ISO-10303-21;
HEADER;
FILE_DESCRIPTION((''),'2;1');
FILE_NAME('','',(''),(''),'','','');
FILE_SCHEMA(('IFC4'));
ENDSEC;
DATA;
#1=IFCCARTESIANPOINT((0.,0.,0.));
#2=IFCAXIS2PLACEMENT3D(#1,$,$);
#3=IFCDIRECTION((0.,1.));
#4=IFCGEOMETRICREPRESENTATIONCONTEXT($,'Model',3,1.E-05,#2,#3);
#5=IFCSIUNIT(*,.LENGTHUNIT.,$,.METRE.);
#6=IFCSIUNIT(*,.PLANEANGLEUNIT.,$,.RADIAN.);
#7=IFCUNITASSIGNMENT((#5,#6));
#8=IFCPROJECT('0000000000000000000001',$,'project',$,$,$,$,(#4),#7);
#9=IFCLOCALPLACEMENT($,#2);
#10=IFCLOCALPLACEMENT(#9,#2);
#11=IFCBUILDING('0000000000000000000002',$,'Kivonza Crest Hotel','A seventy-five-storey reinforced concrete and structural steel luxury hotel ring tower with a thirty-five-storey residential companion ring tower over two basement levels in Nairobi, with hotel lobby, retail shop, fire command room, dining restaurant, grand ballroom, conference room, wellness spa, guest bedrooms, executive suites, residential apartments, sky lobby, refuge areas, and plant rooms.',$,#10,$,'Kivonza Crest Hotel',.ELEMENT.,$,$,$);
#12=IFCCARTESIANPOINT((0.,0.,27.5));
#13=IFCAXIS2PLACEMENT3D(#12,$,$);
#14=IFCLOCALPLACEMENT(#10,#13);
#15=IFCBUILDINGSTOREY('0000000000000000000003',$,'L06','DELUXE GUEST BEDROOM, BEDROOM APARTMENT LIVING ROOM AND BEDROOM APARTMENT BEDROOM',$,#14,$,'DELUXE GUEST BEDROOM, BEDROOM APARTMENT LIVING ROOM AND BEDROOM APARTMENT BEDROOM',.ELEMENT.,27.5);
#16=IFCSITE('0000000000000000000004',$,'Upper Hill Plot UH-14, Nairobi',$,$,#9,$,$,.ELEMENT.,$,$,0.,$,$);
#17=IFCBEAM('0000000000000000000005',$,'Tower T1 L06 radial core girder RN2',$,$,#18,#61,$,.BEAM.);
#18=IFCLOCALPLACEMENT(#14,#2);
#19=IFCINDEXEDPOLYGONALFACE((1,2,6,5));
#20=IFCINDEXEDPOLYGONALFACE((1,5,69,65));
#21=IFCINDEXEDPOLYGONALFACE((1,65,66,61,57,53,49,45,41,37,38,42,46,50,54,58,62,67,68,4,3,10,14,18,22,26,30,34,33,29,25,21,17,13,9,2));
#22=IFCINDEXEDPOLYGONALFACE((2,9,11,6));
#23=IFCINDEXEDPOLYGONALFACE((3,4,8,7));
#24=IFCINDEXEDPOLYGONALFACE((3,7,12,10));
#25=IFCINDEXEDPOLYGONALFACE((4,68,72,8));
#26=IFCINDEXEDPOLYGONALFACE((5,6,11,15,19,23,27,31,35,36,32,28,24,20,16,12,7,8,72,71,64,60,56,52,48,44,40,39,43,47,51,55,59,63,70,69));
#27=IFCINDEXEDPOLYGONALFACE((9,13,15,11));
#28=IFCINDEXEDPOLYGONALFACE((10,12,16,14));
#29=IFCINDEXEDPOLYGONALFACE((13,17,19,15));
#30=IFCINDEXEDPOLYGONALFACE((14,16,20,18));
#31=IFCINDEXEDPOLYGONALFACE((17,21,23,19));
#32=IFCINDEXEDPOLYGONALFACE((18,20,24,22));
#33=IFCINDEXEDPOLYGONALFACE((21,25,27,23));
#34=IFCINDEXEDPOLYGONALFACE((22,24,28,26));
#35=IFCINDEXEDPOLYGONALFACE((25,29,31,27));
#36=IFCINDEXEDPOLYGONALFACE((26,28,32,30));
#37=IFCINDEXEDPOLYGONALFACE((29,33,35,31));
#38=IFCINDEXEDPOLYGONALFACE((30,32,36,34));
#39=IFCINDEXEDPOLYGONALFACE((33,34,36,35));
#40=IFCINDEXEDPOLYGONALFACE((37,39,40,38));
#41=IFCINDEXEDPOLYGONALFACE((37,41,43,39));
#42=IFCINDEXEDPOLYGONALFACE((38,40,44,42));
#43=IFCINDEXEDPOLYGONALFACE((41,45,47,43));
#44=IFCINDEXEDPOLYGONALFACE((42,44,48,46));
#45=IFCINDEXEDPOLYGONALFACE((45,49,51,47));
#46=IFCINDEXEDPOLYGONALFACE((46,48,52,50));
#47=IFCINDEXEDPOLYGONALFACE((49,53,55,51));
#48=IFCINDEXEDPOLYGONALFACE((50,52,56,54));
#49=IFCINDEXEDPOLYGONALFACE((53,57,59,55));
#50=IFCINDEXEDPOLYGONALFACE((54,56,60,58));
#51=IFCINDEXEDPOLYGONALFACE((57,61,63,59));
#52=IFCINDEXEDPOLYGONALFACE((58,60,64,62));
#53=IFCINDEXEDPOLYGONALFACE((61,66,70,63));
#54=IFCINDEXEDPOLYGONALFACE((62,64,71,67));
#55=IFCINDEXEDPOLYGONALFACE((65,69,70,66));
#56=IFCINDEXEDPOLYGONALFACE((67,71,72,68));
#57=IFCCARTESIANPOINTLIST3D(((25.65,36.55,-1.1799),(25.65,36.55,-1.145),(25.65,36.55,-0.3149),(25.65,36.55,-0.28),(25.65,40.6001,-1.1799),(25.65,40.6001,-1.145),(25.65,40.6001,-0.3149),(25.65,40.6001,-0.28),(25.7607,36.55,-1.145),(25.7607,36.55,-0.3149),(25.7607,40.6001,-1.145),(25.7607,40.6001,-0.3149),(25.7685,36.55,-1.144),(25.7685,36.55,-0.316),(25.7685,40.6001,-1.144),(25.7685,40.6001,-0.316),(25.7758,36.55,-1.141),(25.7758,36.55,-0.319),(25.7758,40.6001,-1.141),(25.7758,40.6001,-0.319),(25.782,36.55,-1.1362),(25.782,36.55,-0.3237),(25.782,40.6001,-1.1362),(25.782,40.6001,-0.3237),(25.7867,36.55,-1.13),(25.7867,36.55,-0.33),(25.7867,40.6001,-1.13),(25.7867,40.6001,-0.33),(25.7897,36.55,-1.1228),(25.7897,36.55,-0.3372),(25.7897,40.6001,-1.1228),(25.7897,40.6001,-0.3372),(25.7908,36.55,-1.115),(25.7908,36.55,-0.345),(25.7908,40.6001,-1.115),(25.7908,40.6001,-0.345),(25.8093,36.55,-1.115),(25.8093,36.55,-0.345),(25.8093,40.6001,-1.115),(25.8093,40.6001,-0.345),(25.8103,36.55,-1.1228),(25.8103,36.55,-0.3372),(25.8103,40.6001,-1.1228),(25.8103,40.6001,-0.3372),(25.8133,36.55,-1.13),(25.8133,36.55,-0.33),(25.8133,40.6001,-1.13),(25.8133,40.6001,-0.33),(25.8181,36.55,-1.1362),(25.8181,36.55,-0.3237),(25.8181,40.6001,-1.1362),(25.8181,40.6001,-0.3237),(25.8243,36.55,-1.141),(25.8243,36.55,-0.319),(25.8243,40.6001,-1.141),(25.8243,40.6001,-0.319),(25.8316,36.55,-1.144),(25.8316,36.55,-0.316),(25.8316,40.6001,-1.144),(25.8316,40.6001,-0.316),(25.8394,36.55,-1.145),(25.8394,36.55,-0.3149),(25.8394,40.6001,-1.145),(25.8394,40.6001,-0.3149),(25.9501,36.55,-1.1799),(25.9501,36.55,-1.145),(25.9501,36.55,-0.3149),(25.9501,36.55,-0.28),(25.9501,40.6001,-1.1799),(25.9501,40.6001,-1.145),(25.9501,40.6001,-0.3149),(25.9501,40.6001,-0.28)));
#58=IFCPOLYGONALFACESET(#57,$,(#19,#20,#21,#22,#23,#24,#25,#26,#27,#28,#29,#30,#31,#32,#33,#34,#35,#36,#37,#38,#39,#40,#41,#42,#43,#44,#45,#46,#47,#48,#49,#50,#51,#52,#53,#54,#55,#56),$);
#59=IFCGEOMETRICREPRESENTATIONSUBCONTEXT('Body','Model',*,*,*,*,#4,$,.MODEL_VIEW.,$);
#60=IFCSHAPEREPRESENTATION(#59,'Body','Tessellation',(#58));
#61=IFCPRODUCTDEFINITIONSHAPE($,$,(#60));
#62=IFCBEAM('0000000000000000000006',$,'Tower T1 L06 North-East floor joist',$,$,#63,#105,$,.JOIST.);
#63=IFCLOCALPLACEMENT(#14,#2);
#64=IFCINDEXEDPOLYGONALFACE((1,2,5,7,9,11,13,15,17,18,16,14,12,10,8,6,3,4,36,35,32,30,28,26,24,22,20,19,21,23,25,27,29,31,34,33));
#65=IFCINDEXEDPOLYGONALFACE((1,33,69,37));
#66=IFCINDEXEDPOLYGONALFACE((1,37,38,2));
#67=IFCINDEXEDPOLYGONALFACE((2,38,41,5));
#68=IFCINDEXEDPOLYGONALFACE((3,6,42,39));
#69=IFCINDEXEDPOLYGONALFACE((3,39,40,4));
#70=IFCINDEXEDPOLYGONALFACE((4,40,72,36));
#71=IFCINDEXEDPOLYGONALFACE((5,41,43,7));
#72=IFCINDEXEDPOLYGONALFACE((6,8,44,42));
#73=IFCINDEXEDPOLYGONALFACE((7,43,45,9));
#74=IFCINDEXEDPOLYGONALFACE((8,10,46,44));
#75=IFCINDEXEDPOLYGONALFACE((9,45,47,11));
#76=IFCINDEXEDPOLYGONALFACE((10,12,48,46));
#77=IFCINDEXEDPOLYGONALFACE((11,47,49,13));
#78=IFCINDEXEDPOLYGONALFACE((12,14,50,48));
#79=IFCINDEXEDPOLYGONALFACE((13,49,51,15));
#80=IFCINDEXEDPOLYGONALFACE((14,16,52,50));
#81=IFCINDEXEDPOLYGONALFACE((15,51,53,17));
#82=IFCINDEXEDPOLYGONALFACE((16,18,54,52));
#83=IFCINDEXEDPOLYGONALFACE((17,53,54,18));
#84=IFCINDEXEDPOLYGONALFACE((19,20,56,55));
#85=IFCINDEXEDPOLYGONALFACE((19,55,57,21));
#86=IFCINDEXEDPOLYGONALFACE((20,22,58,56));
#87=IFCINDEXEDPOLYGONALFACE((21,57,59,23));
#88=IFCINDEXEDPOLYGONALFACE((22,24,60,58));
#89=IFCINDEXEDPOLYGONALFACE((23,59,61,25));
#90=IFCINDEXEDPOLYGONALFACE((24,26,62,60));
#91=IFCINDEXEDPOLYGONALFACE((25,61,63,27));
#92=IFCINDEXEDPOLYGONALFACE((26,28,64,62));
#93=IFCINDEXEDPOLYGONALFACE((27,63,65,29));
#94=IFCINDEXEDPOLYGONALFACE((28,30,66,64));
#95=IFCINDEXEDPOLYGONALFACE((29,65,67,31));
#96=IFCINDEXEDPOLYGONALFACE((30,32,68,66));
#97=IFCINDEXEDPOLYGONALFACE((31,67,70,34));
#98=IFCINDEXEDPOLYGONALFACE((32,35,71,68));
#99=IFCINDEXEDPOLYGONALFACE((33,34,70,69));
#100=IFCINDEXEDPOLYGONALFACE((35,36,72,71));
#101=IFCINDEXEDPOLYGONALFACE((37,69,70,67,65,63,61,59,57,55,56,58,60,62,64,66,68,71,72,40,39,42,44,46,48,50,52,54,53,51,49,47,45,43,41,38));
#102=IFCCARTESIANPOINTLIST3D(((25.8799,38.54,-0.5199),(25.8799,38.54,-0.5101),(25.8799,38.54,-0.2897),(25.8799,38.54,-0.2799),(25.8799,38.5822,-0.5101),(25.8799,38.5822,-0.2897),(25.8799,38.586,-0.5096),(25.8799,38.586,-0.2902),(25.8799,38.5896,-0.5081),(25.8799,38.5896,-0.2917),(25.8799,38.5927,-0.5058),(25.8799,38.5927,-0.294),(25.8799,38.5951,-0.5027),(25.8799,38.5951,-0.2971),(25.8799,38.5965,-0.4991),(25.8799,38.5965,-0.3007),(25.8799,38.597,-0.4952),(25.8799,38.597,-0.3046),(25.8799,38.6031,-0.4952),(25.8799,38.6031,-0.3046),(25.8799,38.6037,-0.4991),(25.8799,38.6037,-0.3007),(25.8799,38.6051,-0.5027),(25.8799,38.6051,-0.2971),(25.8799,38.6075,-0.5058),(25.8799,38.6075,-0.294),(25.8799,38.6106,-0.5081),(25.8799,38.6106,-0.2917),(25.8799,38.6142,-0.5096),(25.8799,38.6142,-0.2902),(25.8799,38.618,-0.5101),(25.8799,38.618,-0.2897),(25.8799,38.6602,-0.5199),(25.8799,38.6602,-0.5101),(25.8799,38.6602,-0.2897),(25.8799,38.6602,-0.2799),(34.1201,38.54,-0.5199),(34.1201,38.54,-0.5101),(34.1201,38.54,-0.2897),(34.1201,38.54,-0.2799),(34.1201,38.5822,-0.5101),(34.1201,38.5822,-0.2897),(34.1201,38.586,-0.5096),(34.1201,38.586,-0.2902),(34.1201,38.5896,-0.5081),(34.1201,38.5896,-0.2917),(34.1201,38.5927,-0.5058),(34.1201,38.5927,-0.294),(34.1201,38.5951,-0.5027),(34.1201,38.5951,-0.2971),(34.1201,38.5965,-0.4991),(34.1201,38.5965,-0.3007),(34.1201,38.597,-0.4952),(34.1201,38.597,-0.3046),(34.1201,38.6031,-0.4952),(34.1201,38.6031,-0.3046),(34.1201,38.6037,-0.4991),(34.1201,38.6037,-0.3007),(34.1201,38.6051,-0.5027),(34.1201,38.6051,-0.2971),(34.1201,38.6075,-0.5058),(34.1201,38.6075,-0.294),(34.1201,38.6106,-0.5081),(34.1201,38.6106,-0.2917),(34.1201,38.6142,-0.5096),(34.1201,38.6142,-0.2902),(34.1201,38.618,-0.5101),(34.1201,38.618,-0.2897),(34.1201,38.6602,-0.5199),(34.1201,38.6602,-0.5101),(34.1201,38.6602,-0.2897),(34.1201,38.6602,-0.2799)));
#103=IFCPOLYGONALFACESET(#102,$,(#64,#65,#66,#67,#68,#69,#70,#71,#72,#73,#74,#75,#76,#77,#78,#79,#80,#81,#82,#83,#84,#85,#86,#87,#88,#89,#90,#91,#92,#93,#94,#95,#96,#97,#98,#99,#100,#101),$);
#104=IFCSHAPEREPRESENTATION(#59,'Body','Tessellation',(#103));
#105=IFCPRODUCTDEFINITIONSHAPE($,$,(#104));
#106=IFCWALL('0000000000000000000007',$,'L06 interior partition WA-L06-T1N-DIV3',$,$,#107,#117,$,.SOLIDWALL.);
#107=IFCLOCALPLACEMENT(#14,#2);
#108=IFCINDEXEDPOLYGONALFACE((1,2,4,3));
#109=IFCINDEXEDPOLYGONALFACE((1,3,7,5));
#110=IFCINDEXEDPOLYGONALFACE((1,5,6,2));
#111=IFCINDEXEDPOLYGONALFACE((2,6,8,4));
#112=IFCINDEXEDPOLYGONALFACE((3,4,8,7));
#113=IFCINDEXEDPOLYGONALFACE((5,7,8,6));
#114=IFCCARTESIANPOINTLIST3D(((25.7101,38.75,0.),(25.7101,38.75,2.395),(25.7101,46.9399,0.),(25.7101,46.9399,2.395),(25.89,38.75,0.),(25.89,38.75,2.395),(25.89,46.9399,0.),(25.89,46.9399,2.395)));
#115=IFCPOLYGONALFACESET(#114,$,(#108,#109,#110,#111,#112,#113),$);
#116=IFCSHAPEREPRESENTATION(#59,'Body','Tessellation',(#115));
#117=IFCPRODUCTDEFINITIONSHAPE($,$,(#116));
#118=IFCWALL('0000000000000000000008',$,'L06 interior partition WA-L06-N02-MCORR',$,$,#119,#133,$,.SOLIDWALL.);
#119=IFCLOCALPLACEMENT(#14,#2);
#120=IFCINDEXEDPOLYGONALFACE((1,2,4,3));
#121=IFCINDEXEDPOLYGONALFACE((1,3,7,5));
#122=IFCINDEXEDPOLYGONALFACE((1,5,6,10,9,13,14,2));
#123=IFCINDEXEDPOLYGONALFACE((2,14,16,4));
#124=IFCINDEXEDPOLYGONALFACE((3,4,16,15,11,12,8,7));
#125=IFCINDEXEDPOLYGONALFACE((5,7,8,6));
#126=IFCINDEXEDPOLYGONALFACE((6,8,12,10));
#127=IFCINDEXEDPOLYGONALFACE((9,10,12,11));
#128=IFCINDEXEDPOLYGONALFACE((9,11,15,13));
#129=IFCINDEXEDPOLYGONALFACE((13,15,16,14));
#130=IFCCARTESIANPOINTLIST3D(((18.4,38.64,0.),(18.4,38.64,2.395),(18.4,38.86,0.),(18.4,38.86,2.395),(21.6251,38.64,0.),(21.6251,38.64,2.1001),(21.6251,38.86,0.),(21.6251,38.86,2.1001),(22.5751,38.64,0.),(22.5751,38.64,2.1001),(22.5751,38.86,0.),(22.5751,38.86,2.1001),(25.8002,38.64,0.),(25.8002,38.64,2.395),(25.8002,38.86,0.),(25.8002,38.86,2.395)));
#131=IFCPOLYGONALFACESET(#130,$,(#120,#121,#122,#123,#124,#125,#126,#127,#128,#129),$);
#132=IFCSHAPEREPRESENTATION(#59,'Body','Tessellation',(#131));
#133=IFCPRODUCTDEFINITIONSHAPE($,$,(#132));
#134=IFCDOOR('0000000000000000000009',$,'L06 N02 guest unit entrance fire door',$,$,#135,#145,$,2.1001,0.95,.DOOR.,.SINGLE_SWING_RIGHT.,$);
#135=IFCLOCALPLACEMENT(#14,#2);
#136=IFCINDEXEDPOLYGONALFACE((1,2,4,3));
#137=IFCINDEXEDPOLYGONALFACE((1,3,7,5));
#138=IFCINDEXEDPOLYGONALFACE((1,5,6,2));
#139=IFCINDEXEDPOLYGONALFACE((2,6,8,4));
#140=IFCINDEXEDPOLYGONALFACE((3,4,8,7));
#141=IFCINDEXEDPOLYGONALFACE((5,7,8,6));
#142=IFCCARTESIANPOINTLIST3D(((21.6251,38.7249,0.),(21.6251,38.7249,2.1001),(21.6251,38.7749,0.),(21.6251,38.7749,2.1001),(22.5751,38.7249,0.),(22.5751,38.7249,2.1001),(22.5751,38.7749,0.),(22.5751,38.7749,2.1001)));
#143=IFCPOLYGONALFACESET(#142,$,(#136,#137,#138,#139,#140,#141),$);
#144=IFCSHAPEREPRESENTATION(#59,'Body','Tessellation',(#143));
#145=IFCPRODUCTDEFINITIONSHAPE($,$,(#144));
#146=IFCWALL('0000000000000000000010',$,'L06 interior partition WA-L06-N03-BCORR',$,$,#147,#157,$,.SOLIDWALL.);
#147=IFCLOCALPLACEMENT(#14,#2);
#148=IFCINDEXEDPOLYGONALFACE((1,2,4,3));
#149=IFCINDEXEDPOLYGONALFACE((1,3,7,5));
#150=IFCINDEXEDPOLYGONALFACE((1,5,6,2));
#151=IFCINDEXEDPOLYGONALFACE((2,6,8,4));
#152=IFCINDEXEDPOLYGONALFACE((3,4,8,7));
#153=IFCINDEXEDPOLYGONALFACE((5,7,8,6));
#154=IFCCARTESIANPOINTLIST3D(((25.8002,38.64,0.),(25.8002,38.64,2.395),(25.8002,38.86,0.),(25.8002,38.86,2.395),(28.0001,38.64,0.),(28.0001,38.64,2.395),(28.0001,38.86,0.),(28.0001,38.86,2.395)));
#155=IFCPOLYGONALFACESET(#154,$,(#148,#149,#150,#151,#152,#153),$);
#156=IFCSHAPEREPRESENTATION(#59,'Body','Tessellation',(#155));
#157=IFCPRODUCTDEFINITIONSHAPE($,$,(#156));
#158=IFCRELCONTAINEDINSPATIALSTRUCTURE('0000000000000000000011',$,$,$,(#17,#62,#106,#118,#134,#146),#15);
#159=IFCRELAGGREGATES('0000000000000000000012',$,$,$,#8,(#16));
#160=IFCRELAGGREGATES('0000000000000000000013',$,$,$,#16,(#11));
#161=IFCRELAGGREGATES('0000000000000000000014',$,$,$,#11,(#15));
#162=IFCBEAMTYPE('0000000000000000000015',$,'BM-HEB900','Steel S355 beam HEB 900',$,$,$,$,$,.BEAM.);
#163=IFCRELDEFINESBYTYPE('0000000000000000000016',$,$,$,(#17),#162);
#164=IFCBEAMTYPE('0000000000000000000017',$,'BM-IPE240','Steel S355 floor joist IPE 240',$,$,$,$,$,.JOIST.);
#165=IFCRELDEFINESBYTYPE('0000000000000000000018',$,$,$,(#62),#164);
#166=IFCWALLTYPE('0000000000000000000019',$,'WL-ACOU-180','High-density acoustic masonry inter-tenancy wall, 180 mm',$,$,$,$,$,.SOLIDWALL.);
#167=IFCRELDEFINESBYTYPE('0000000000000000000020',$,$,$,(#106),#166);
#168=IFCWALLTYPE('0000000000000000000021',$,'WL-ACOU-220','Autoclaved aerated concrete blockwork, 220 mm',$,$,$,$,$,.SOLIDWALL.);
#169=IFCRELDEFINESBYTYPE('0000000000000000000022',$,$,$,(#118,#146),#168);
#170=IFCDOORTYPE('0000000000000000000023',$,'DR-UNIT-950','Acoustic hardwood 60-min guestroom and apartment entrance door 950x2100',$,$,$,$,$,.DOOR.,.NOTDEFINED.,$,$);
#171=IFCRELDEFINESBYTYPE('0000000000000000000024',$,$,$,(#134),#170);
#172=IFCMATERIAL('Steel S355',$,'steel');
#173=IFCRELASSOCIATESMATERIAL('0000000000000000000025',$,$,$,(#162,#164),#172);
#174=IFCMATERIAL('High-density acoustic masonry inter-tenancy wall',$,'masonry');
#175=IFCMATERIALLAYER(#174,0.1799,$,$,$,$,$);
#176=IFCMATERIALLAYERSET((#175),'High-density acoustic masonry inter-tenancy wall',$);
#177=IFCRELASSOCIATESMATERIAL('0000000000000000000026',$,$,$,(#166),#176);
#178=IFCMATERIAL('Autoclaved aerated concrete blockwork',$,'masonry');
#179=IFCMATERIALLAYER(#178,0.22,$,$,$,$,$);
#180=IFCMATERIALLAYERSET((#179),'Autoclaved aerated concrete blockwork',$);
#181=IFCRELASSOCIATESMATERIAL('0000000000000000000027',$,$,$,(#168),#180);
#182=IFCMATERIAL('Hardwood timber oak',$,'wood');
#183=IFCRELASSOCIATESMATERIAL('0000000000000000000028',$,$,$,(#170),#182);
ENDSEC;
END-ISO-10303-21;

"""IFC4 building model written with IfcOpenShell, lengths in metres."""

from ifc_helpers import new_model, si_unit, direction, frame, frame_2d, origin, origin_2d, place, context, subcontext, project, spatial, rectangle, i_section, extrude, material, layer, layer_set, material_profile, profile_set, type_object, element, fill, save


model = new_model("IFC4")

# Units and contexts
model_context = context("Model", 3, precision=1e-05, world=origin(), true_north=direction((0.0, 1.0)))
body_context = subcontext(model_context, "Body", "Model", "MODEL_VIEW")
ifc_project = project(units=[si_unit("LENGTHUNIT", "METRE"), si_unit("PLANEANGLEUNIT", "RADIAN")], contexts=[model_context])

# Site, building, storey
site_placement = place(None, origin())
site = spatial("IfcSite", under=ifc_project, at=site_placement, Name="Upper Hill Plot UH-14, Nairobi", CompositionType="ELEMENT", RefElevation=0.0)
building_placement = place(site_placement, origin())
building = spatial("IfcBuilding", under=site, at=building_placement, Name="Kivonza Crest Hotel", Description="A seventy-five-storey reinforced concrete and structural steel luxury hotel ring tower with a thirty-five-storey residential companion ring tower over two basement levels in Nairobi, with hotel lobby, retail shop, fire command room, dining restaurant, grand ballroom, conference room, wellness spa, guest bedrooms, executive suites, residential apartments, sky lobby, refuge areas, and plant rooms.", LongName="Kivonza Crest Hotel", CompositionType="ELEMENT")
storey_placement = place(building_placement, frame((0.0, 0.0, 27.5)))
storey = spatial("IfcBuildingStorey", under=building, at=storey_placement, Name="L06", Description="DELUXE GUEST BEDROOM, BEDROOM APARTMENT LIVING ROOM AND BEDROOM APARTMENT BEDROOM", LongName="DELUXE GUEST BEDROOM, BEDROOM APARTMENT LIVING ROOM AND BEDROOM APARTMENT BEDROOM", CompositionType="ELEMENT", Elevation=27.5)

# Beams
ifc_material_1 = material(Name="Steel S355", Category="steel")
ifc_material_profile_1 = material_profile(ifc_material_1, i_section(OverallWidth=0.3, OverallDepth=0.8999, WebThickness=0.0186, FlangeThickness=0.0349, FilletRadius=0.03, at=origin_2d()), Name="HEB 900")
ifc_profile_set_1 = profile_set([ifc_material_profile_1], Name="Steel S355")
beam_type_1 = type_object("IfcBeamType", Name="BM-HEB900", Description="Steel S355 beam HEB 900", PredefinedType="BEAM", material=ifc_profile_set_1)
for number, where, z_axis, x_axis, name in (
    (1, (25.8, 40.6001, -0.73), (0.0, -1.0, 0.0), (1.0, 0.0, 0.0), "Tower T1 L06 radial core girder RN2"),
):
    element("IfcBeam", number, at=place(storey_placement, frame(where, z_axis=z_axis, x_axis=x_axis)), inside=storey, type_object=beam_type_1, Name=name, PredefinedType="BEAM", context=body_context, shape_type="SweptSolid", body=[
        extrude(i_section(OverallWidth=0.3, OverallDepth=0.8999, WebThickness=0.0186, FlangeThickness=0.0349, FilletRadius=0.03, at=origin_2d()), origin(), (0.0, 0.0, 1.0), 4.05),
    ])
ifc_material_profile_2 = material_profile(ifc_material_1, i_section(OverallWidth=0.1201, OverallDepth=0.24, WebThickness=0.0061, FlangeThickness=0.0098, FilletRadius=0.0149, at=origin_2d()), Name="IPE 240")
ifc_profile_set_2 = profile_set([ifc_material_profile_2], Name="Steel S355")
beam_type_2 = type_object("IfcBeamType", Name="BM-IPE240", Description="Steel S355 floor joist IPE 240", PredefinedType="JOIST", material=ifc_profile_set_2)
beam_1_placement = place(storey_placement, frame((25.8799, 38.6001, -0.3999), z_axis=(1.0, 0.0, 0.0), x_axis=(0.0, 1.0, 0.0)))
element("IfcBeam", 2, at=beam_1_placement, inside=storey, type_object=beam_type_2, Name="Tower T1 L06 North-East floor joist", PredefinedType="JOIST", context=body_context, shape_type="SweptSolid", body=[
    extrude(i_section(OverallWidth=0.1201, OverallDepth=0.24, WebThickness=0.0061, FlangeThickness=0.0098, FilletRadius=0.0149, at=origin_2d()), origin(), (0.0, 0.0, 1.0), 8.2402),
])

# Wall
ifc_material_2 = material(Name="High-density acoustic masonry inter-tenancy wall", Category="masonry")
ifc_layer_1 = layer(ifc_material_2, 0.1799)
ifc_layer_set_1 = layer_set([ifc_layer_1], Name="High-density acoustic masonry inter-tenancy wall")
wall_type_1 = type_object("IfcWallType", Name="WL-ACOU-180", Description="High-density acoustic masonry inter-tenancy wall, 180 mm", PredefinedType="SOLIDWALL", material=ifc_layer_set_1)
wall_1_placement = place(storey_placement, frame((25.8, 38.75, 0.0), z_axis=(0.0, 0.0, 1.0), x_axis=(0.0, 1.0, 0.0)))
element("IfcWall", 3, at=wall_1_placement, inside=storey, type_object=wall_type_1, Name="L06 interior partition WA-L06-T1N-DIV3", PredefinedType="SOLIDWALL", context=body_context, shape_type="SweptSolid", body=[
    extrude(rectangle(XDim=8.1899, YDim=0.1799, at=frame_2d((4.095, 0.0))), origin(), (0.0, 0.0, 1.0), 2.395),
])

# Wall, opening, door
ifc_material_3 = material(Name="Autoclaved aerated concrete blockwork", Category="masonry")
ifc_layer_2 = layer(ifc_material_3, 0.22)
ifc_layer_set_2 = layer_set([ifc_layer_2], Name="Autoclaved aerated concrete blockwork")
wall_type_2 = type_object("IfcWallType", Name="WL-ACOU-220", Description="Autoclaved aerated concrete blockwork, 220 mm", PredefinedType="SOLIDWALL", material=ifc_layer_set_2)
wall_2_placement = place(storey_placement, frame((18.3999, 38.75, 0.0), z_axis=(0.0, 0.0, 1.0), x_axis=(1.0, 0.0, 0.0)))
wall_2 = element("IfcWall", 4, at=wall_2_placement, inside=storey, type_object=wall_type_2, Name="L06 interior partition WA-L06-N02-MCORR", PredefinedType="SOLIDWALL", context=body_context, shape_type="SweptSolid", body=[
    extrude(rectangle(XDim=7.4001, YDim=0.22, at=frame_2d((3.7002, 0.0))), origin(), (0.0, 0.0, 1.0), 2.395),
])
opening_1_placement = place(wall_2_placement, frame((3.2251, 0.0, 0.0)))
opening_1 = element("IfcOpeningElement", 5, at=opening_1_placement, cuts=wall_2, PredefinedType="OPENING", context=body_context, shape_type="SweptSolid", body=[
    extrude(rectangle(XDim=0.95, YDim=2.1001, at=frame_2d((0.4751, 1.05))), frame((0.0, 0.1201, 0.0), z_axis=(0.0, -1.0, 0.0), x_axis=(1.0, 0.0, 0.0)), (0.0, 0.0, 1.0), 0.24),
])
ifc_material_4 = material(Name="Hardwood timber oak", Category="wood")
door_type_1 = type_object("IfcDoorType", Name="DR-UNIT-950", Description="Acoustic hardwood 60-min guestroom and apartment entrance door 950x2100", OperationType="NOTDEFINED", PredefinedType="DOOR", material=ifc_material_4)
door_1_placement = place(opening_1_placement, origin())
door_1 = element("IfcDoor", 6, at=door_1_placement, inside=storey, type_object=door_type_1, Name="L06 N02 guest unit entrance fire door", OperationType="SINGLE_SWING_RIGHT", OverallHeight=2.1001, OverallWidth=0.95, PredefinedType="DOOR", context=body_context, shape_type="SweptSolid", body=[
    extrude(rectangle(XDim=0.95, YDim=2.1001, at=frame_2d((0.4751, 1.05))), frame((0.0, 0.0249, 0.0), z_axis=(0.0, -1.0, 0.0), x_axis=(1.0, 0.0, 0.0)), (0.0, 0.0, 1.0), 0.05),
])
fill(opening_1, door_1)

# Wall
wall_3_placement = place(storey_placement, frame((25.8, 38.75, 0.0), z_axis=(0.0, 0.0, 1.0), x_axis=(1.0, 0.0, 0.0)))
element("IfcWall", 7, at=wall_3_placement, inside=storey, type_object=wall_type_2, Name="L06 interior partition WA-L06-N03-BCORR", PredefinedType="SOLIDWALL", context=body_context, shape_type="SweptSolid", body=[
    extrude(rectangle(XDim=2.2, YDim=0.22, at=frame_2d((1.1001, 0.0))), origin(), (0.0, 0.0, 1.0), 2.395),
])

save(model, "model.ifc")
